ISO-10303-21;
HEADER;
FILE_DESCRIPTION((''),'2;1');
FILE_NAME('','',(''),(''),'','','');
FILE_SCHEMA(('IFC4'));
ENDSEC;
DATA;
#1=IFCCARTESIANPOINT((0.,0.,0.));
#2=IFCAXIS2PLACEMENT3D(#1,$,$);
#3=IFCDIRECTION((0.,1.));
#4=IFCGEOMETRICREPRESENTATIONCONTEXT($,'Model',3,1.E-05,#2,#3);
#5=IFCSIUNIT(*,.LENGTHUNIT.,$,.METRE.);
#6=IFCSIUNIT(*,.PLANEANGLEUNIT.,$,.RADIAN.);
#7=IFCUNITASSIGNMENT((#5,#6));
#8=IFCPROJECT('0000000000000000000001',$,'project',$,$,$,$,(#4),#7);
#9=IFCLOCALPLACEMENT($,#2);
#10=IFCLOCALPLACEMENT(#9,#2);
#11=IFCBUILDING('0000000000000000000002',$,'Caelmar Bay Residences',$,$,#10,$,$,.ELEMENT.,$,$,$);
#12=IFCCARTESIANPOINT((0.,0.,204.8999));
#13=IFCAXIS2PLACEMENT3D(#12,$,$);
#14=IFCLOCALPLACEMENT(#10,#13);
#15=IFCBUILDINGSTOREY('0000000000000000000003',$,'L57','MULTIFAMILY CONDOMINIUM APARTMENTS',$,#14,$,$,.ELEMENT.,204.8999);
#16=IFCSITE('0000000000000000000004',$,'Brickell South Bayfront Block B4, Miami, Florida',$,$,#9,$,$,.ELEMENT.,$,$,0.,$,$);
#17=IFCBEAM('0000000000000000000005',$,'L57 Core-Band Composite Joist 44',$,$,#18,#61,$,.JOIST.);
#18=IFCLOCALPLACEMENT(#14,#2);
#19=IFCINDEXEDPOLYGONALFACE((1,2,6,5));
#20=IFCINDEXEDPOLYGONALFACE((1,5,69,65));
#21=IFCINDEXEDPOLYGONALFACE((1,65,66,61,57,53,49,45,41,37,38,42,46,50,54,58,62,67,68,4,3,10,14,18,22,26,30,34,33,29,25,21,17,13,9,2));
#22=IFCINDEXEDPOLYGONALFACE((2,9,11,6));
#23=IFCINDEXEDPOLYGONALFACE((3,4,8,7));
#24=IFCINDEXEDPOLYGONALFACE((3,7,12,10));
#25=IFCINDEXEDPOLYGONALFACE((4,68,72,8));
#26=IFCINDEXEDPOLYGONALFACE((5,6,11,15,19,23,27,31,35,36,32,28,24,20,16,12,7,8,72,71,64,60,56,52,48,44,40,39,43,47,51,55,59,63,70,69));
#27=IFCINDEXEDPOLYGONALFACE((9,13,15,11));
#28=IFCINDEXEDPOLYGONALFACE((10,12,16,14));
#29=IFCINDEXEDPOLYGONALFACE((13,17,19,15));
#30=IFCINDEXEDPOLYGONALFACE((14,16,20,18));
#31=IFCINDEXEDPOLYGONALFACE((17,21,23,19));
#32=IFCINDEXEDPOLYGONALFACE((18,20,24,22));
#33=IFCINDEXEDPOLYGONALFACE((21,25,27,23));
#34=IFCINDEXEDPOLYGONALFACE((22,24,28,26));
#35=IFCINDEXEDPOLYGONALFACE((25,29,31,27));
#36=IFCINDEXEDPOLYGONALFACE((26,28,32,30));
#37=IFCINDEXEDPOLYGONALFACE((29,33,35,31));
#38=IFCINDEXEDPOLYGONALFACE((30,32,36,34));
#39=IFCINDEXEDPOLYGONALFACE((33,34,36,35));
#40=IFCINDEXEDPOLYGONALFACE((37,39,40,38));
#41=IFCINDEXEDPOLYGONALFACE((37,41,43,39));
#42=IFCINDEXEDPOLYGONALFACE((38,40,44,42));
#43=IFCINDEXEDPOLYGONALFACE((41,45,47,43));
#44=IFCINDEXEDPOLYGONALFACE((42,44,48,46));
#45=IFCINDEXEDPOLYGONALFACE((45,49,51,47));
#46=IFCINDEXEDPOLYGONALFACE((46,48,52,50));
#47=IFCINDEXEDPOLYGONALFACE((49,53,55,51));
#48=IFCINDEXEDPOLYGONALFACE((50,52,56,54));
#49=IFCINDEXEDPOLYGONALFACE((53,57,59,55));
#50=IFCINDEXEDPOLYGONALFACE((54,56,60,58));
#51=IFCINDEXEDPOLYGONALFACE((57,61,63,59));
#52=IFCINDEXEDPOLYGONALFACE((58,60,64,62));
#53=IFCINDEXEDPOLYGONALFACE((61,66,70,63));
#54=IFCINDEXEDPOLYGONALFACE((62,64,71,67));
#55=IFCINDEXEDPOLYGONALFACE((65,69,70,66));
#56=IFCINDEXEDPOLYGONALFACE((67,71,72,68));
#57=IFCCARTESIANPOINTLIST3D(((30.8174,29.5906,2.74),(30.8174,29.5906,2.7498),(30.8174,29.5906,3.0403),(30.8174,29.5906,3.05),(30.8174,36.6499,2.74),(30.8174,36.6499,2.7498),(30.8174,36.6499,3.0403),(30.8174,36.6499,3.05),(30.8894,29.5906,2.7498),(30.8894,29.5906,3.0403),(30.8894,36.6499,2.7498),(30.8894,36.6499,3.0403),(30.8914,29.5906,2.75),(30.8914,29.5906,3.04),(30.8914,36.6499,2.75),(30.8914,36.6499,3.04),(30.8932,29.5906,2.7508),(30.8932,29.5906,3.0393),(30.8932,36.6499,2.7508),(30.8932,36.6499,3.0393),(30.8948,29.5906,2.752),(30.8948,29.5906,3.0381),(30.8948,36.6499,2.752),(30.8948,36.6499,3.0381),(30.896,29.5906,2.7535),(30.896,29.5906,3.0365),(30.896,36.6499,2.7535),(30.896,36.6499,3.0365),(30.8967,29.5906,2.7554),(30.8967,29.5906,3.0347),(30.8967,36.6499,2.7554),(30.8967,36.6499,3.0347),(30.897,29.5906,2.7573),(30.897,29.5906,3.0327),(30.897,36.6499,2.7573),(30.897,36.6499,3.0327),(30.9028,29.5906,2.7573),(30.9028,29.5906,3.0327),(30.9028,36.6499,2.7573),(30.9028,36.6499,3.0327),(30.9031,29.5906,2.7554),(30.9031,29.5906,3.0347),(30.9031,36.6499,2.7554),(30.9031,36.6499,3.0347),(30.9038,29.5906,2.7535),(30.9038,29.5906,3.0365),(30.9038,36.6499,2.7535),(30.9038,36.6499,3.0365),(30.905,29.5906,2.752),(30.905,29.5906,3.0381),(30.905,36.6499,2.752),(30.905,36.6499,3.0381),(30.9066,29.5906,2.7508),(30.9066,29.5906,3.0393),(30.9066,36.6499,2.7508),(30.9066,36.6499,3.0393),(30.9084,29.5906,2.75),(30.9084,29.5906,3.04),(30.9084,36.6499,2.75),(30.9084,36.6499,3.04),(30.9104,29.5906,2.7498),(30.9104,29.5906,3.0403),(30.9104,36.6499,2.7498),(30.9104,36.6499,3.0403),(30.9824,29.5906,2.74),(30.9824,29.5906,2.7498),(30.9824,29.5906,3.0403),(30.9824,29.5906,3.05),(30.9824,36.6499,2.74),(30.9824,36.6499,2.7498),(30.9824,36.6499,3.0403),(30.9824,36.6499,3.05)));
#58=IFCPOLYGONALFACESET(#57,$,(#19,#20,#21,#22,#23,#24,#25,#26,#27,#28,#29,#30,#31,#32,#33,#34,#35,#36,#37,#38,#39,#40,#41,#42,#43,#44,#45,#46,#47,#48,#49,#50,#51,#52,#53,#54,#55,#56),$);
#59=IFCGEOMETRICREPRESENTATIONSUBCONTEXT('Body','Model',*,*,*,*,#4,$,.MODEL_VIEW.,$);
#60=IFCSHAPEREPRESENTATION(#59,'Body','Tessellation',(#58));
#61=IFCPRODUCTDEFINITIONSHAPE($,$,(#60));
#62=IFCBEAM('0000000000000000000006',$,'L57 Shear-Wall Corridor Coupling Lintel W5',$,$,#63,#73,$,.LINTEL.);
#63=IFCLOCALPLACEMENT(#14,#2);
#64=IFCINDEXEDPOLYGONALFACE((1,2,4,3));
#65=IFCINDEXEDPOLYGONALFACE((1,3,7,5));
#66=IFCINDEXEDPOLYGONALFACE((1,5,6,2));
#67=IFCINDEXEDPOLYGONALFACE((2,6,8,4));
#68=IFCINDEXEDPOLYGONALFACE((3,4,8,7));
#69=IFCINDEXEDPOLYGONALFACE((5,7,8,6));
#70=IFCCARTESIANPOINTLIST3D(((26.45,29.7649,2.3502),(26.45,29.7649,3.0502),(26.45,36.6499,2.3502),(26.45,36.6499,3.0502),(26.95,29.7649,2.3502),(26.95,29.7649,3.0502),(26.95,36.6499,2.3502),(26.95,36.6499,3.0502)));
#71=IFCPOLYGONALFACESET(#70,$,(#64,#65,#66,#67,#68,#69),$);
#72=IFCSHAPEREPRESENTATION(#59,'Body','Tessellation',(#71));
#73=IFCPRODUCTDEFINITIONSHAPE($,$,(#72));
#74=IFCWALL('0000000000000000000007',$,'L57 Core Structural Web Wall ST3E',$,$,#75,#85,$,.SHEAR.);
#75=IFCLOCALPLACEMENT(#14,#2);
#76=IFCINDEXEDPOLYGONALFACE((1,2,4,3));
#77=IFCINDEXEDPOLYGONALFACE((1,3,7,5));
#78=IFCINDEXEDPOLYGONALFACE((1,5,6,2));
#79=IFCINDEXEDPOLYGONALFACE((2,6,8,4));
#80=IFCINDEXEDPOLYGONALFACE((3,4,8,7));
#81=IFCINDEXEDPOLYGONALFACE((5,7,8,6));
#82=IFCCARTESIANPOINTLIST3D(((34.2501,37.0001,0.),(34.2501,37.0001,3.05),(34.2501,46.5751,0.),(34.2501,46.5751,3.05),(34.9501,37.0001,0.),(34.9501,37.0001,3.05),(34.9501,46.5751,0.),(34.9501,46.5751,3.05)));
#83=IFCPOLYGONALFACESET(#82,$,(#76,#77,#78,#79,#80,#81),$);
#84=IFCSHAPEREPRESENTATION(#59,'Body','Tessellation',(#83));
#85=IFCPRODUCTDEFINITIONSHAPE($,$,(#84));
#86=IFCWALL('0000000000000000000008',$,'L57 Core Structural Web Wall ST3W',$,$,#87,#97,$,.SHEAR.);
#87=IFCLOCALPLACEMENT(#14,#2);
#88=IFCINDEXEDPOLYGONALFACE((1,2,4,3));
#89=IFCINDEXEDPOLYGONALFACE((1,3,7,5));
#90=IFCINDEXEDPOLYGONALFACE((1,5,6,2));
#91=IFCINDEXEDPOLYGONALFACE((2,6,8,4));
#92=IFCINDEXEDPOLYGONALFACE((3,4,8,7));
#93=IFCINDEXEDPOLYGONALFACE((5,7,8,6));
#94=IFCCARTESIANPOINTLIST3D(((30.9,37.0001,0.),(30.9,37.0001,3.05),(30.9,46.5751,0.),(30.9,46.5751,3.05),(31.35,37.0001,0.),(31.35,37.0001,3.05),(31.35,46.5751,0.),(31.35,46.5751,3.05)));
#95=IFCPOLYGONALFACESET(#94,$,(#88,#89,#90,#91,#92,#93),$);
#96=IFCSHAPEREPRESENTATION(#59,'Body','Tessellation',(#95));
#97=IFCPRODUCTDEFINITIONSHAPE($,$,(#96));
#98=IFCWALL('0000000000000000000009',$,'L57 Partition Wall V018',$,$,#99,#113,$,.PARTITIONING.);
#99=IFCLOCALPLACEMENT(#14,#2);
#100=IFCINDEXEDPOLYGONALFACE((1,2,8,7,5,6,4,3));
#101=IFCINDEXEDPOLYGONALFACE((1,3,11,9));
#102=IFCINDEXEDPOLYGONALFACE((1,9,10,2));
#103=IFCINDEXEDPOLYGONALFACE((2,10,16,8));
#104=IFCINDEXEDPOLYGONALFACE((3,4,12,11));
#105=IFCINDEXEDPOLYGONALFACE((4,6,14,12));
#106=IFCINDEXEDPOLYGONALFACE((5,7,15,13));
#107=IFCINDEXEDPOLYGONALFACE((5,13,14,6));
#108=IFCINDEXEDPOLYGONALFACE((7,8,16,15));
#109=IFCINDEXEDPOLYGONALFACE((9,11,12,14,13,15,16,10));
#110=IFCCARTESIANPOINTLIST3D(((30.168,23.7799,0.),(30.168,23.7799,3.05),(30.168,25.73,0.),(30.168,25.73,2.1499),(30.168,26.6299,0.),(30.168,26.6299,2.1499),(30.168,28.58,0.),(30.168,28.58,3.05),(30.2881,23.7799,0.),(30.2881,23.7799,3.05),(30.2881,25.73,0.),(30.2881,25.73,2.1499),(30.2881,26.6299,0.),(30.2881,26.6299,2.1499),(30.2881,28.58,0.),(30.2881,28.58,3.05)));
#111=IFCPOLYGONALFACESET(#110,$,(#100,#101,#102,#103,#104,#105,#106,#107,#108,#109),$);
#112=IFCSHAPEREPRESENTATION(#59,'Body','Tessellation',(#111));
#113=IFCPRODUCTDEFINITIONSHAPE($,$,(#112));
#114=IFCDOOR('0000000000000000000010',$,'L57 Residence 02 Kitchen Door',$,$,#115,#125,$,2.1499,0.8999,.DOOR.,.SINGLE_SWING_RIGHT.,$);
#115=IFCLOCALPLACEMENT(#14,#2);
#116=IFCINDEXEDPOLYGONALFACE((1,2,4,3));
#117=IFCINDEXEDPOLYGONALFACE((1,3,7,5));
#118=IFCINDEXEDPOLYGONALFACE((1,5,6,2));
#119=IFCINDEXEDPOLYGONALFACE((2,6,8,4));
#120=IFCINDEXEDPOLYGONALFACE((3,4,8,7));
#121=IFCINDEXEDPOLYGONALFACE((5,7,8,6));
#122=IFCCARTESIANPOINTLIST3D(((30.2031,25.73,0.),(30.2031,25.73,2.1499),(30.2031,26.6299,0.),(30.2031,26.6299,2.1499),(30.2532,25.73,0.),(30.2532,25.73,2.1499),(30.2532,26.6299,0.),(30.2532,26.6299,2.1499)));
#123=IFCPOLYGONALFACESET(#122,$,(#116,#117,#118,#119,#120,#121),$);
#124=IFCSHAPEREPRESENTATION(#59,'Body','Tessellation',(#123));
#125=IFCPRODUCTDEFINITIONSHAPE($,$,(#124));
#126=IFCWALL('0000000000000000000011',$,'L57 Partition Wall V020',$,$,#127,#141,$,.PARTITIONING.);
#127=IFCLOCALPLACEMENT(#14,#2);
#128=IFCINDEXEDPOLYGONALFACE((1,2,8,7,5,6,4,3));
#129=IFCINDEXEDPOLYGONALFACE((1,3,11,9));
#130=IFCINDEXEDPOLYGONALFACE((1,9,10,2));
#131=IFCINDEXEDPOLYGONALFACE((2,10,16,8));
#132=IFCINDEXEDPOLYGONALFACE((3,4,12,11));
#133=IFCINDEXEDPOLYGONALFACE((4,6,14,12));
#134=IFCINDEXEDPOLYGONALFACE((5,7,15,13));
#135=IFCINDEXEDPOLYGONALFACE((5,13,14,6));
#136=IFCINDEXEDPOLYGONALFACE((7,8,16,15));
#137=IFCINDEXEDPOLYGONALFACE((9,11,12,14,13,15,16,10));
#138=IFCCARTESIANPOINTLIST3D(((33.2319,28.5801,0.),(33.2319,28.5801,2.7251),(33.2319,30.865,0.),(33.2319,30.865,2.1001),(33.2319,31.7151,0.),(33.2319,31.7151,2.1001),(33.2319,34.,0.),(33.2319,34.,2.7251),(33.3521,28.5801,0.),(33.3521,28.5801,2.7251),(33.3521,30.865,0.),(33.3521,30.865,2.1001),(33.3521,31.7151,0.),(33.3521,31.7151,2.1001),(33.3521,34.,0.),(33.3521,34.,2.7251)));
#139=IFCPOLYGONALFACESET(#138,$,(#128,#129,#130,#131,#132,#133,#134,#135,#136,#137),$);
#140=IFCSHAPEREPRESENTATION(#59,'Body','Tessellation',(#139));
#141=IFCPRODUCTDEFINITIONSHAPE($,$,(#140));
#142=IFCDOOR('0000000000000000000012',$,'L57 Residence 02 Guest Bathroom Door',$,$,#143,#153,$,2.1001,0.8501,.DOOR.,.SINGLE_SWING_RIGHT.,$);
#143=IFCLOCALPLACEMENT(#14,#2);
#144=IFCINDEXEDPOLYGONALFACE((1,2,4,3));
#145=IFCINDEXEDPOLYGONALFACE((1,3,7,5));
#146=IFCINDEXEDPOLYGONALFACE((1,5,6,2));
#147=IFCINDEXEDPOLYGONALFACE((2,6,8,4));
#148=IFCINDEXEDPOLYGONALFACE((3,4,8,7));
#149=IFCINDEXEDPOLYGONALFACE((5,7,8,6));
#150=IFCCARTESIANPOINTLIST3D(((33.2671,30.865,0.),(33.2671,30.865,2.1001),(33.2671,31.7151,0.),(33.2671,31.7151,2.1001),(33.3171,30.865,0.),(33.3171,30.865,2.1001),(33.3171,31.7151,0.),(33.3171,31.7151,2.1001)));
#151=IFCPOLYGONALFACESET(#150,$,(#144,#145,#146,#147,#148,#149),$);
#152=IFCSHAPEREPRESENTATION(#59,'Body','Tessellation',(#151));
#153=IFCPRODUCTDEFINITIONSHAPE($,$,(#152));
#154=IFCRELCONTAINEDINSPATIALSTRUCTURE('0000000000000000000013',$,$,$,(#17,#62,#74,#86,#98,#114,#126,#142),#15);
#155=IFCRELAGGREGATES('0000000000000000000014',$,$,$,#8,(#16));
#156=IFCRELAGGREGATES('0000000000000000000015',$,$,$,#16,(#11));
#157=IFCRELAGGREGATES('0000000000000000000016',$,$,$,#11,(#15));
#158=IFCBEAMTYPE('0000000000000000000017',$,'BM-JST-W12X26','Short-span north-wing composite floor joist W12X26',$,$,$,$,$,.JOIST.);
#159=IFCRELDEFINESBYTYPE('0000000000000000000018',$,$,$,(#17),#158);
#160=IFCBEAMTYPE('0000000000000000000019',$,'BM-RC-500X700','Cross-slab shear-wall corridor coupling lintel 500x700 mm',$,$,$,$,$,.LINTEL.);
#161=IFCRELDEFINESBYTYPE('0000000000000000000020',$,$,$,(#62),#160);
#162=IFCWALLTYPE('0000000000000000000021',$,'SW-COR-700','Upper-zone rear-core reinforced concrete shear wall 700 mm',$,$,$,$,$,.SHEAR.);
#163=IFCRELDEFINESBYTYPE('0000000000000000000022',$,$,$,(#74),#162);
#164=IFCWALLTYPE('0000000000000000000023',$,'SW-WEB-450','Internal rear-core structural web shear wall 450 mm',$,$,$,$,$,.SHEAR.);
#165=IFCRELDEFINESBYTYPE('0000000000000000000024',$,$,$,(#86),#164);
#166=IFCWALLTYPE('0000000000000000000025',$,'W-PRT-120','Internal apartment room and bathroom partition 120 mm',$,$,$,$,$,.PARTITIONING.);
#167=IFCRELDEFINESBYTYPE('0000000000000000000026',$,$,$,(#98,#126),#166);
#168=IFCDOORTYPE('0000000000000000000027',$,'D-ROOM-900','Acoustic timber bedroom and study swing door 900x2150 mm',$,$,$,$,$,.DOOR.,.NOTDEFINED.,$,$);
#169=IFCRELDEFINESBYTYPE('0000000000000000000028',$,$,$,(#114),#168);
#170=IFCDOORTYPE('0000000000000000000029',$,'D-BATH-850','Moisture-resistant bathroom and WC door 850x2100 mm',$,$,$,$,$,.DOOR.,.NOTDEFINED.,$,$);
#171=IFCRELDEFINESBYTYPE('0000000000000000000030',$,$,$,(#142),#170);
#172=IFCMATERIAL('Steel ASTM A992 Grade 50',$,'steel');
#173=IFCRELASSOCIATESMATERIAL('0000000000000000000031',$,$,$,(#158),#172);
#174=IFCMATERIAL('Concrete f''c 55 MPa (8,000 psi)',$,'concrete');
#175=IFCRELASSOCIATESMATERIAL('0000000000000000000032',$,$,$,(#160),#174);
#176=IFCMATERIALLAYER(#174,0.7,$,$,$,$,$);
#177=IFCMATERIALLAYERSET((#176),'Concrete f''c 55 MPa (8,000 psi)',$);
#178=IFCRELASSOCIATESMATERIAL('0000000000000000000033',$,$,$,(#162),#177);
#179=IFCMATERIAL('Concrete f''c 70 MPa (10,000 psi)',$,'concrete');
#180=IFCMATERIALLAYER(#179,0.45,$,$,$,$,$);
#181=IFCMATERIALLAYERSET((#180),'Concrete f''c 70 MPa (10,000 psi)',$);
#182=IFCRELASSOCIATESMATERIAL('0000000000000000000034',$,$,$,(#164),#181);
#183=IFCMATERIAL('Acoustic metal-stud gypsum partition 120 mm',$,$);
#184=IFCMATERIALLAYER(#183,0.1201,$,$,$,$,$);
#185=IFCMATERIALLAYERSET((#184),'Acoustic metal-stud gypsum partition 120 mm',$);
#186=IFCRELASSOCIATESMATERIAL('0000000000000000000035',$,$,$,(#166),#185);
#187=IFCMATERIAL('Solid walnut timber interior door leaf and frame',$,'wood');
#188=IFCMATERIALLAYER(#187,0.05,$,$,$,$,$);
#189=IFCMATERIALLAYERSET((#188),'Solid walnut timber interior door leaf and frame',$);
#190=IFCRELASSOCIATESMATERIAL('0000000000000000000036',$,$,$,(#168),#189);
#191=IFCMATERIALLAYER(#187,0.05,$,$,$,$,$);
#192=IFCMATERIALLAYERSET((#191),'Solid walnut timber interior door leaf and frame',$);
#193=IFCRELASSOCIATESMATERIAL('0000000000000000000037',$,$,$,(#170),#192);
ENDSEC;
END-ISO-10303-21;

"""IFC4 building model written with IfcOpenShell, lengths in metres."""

from ifc_helpers import new_model, si_unit, direction, frame, frame_2d, origin, origin_2d, place, context, subcontext, project, spatial, rectangle, i_section, extrude, material, layer, layer_set, material_profile, profile_set, type_object, element, fill, save


model = new_model("IFC4")

# Units and contexts
model_context = context("Model", 3, precision=1e-05, world=origin(), true_north=direction((0.0, 1.0)))
body_context = subcontext(model_context, "Body", "Model", "MODEL_VIEW")
ifc_project = project(units=[si_unit("LENGTHUNIT", "METRE"), si_unit("PLANEANGLEUNIT", "RADIAN")], contexts=[model_context])

# Site, building, storey
site_placement = place(None, origin())
site = spatial("IfcSite", under=ifc_project, at=site_placement, Name="Brickell South Bayfront Block B4, Miami, Florida", CompositionType="ELEMENT", RefElevation=0.0)
building_placement = place(site_placement, origin())
building = spatial("IfcBuilding", under=site, at=building_placement, Name="Caelmar Bay Residences", CompositionType="ELEMENT")
storey_placement = place(building_placement, frame((0.0, 0.0, 204.8999)))
storey = spatial("IfcBuildingStorey", under=building, at=storey_placement, Name="L57", Description="MULTIFAMILY CONDOMINIUM APARTMENTS", CompositionType="ELEMENT", Elevation=204.8999)

# Shared definitions
ifc_material_1 = material(Name="Concrete f'c 55 MPa (8,000 psi)", Category="concrete")

# Beams
ifc_material_2 = material(Name="Steel ASTM A992 Grade 50", Category="steel")
ifc_material_profile_1 = material_profile(ifc_material_2, i_section(OverallWidth=0.165, OverallDepth=0.3101, WebThickness=0.0059, FlangeThickness=0.0098, FilletRadius=0.0076, at=origin_2d()), Name="W12X26")
ifc_profile_set_1 = profile_set([ifc_material_profile_1], Name="Steel ASTM A992 Grade 50")
beam_type_1 = type_object("IfcBeamType", Name="BM-JST-W12X26", Description="Short-span north-wing composite floor joist W12X26", PredefinedType="JOIST", material=ifc_profile_set_1)
beam_1_placement = place(storey_placement, frame((30.8999, 29.5906, 2.895), z_axis=(0.0, 1.0, 0.0), x_axis=(-1.0, 0.0, 0.0)))
element("IfcBeam", 1, at=beam_1_placement, inside=storey, type_object=beam_type_1, Name="L57 Core-Band Composite Joist 44", PredefinedType="JOIST", context=body_context, shape_type="SweptSolid", body=[
    extrude(i_section(OverallWidth=0.165, OverallDepth=0.3101, WebThickness=0.0059, FlangeThickness=0.0098, FilletRadius=0.0076, at=origin_2d()), origin(), (0.0, 0.0, 1.0), 7.0593),
])
ifc_material_profile_2 = material_profile(ifc_material_1, rectangle(XDim=0.5, YDim=0.7, at=origin_2d()), Name="RC-BM-500X700")
ifc_profile_set_2 = profile_set([ifc_material_profile_2], Name="Concrete f'c 55 MPa (8,000 psi)")
beam_type_2 = type_object("IfcBeamType", Name="BM-RC-500X700", Description="Cross-slab shear-wall corridor coupling lintel 500x700 mm", PredefinedType="LINTEL", material=ifc_profile_set_2)
beam_2_placement = place(storey_placement, frame((26.7, 29.7649, 2.7002), z_axis=(0.0, 1.0, 0.0), x_axis=(-1.0, 0.0, 0.0)))
element("IfcBeam", 2, at=beam_2_placement, inside=storey, type_object=beam_type_2, Name="L57 Shear-Wall Corridor Coupling Lintel W5", PredefinedType="LINTEL", context=body_context, shape_type="SweptSolid", body=[
    extrude(rectangle(XDim=0.5, YDim=0.7, at=origin_2d()), origin(), (0.0, 0.0, 1.0), 6.885),
])

# Walls
ifc_layer_1 = layer(ifc_material_1, 0.7)
ifc_layer_set_1 = layer_set([ifc_layer_1], Name="Concrete f'c 55 MPa (8,000 psi)")
wall_type_1 = type_object("IfcWallType", Name="SW-COR-700", Description="Upper-zone rear-core reinforced concrete shear wall 700 mm", PredefinedType="SHEAR", material=ifc_layer_set_1)
wall_1_placement = place(storey_placement, frame((34.6001, 37.0, 0.0), z_axis=(0.0, 0.0, 1.0), x_axis=(0.0, 1.0, 0.0)))
element("IfcWall", 3, at=wall_1_placement, inside=storey, type_object=wall_type_1, Name="L57 Core Structural Web Wall ST3E", PredefinedType="SHEAR", context=body_context, shape_type="SweptSolid", body=[
    extrude(rectangle(XDim=9.575, YDim=0.7, at=frame_2d((4.7876, 0.0))), origin(), (0.0, 0.0, 1.0), 3.05),
])
ifc_material_3 = material(Name="Concrete f'c 70 MPa (10,000 psi)", Category="concrete")
ifc_layer_2 = layer(ifc_material_3, 0.45)
ifc_layer_set_2 = layer_set([ifc_layer_2], Name="Concrete f'c 70 MPa (10,000 psi)")
wall_type_2 = type_object("IfcWallType", Name="SW-WEB-450", Description="Internal rear-core structural web shear wall 450 mm", PredefinedType="SHEAR", material=ifc_layer_set_2)
wall_2_placement = place(storey_placement, frame((31.125, 37.0, 0.0), z_axis=(0.0, 0.0, 1.0), x_axis=(0.0, 1.0, 0.0)))
element("IfcWall", 4, at=wall_2_placement, inside=storey, type_object=wall_type_2, Name="L57 Core Structural Web Wall ST3W", PredefinedType="SHEAR", context=body_context, shape_type="SweptSolid", body=[
    extrude(rectangle(XDim=9.575, YDim=0.45, at=frame_2d((4.7876, 0.0))), origin(), (0.0, 0.0, 1.0), 3.05),
])

# Walls, openings, doors
ifc_material_4 = material(Name="Acoustic metal-stud gypsum partition 120 mm")
ifc_layer_3 = layer(ifc_material_4, 0.1201)
ifc_layer_set_3 = layer_set([ifc_layer_3], Name="Acoustic metal-stud gypsum partition 120 mm")
wall_type_3 = type_object("IfcWallType", Name="W-PRT-120", Description="Internal apartment room and bathroom partition 120 mm", PredefinedType="PARTITIONING", material=ifc_layer_set_3)
wall_3_placement = place(storey_placement, frame((30.228, 23.78, 0.0), z_axis=(0.0, 0.0, 1.0), x_axis=(0.0, 1.0, 0.0)))
wall_3 = element("IfcWall", 5, at=wall_3_placement, inside=storey, type_object=wall_type_3, Name="L57 Partition Wall V018", PredefinedType="PARTITIONING", context=body_context, shape_type="SweptSolid", body=[
    extrude(rectangle(XDim=4.8, YDim=0.1201, at=frame_2d((2.3999, 0.0))), origin(), (0.0, 0.0, 1.0), 3.05),
])
opening_1_placement = place(wall_3_placement, frame((1.95, 0.0, 0.0)))
opening_1 = element("IfcOpeningElement", 6, at=opening_1_placement, cuts=wall_3, PredefinedType="OPENING", context=body_context, shape_type="SweptSolid", body=[
    extrude(rectangle(XDim=0.8999, YDim=2.1499, at=frame_2d((0.45, 1.075))), frame((0.0, 0.0701, 0.0), z_axis=(0.0, -1.0, 0.0), x_axis=(1.0, 0.0, 0.0)), (0.0, 0.0, 1.0), 0.1401),
])
ifc_material_5 = material(Name="Solid walnut timber interior door leaf and frame", Category="wood")
ifc_layer_4 = layer(ifc_material_5, 0.05)
ifc_layer_set_4 = layer_set([ifc_layer_4], Name="Solid walnut timber interior door leaf and frame")
door_type_1 = type_object("IfcDoorType", Name="D-ROOM-900", Description="Acoustic timber bedroom and study swing door 900x2150 mm", OperationType="NOTDEFINED", PredefinedType="DOOR", material=ifc_layer_set_4)
door_1_placement = place(opening_1_placement, origin())
door_1 = element("IfcDoor", 7, at=door_1_placement, inside=storey, type_object=door_type_1, Name="L57 Residence 02 Kitchen Door", OperationType="SINGLE_SWING_RIGHT", OverallHeight=2.1499, OverallWidth=0.8999, PredefinedType="DOOR", context=body_context, shape_type="SweptSolid", body=[
    extrude(rectangle(XDim=0.8999, YDim=2.1499, at=frame_2d((0.45, 1.075))), frame((0.0, 0.0249, 0.0), z_axis=(0.0, -1.0, 0.0), x_axis=(1.0, 0.0, 0.0)), (0.0, 0.0, 1.0), 0.05),
])
fill(opening_1, door_1)
wall_4_placement = place(storey_placement, frame((33.292, 28.5801, 0.0), z_axis=(0.0, 0.0, 1.0), x_axis=(0.0, 1.0, 0.0)))
wall_4 = element("IfcWall", 8, at=wall_4_placement, inside=storey, type_object=wall_type_3, Name="L57 Partition Wall V020", PredefinedType="PARTITIONING", context=body_context, shape_type="SweptSolid", body=[
    extrude(rectangle(XDim=5.4199, YDim=0.1201, at=frame_2d((2.71, 0.0))), origin(), (0.0, 0.0, 1.0), 2.7251),
])
opening_2_placement = place(wall_4_placement, frame((2.2849, 0.0, 0.0)))
opening_2 = element("IfcOpeningElement", 9, at=opening_2_placement, cuts=wall_4, PredefinedType="OPENING", context=body_context, shape_type="SweptSolid", body=[
    extrude(rectangle(XDim=0.8501, YDim=2.1001, at=frame_2d((0.425, 1.05))), frame((0.0, 0.0701, 0.0), z_axis=(0.0, -1.0, 0.0), x_axis=(1.0, 0.0, 0.0)), (0.0, 0.0, 1.0), 0.1401),
])
ifc_layer_5 = layer(ifc_material_5, 0.05)
ifc_layer_set_5 = layer_set([ifc_layer_5], Name="Solid walnut timber interior door leaf and frame")
door_type_2 = type_object("IfcDoorType", Name="D-BATH-850", Description="Moisture-resistant bathroom and WC door 850x2100 mm", OperationType="NOTDEFINED", PredefinedType="DOOR", material=ifc_layer_set_5)
door_2_placement = place(opening_2_placement, origin())
door_2 = element("IfcDoor", 10, at=door_2_placement, inside=storey, type_object=door_type_2, Name="L57 Residence 02 Guest Bathroom Door", OperationType="SINGLE_SWING_RIGHT", OverallHeight=2.1001, OverallWidth=0.8501, PredefinedType="DOOR", context=body_context, shape_type="SweptSolid", body=[
    extrude(rectangle(XDim=0.8501, YDim=2.1001, at=frame_2d((0.425, 1.05))), frame((0.0, 0.0249, 0.0), z_axis=(0.0, -1.0, 0.0), x_axis=(1.0, 0.0, 0.0)), (0.0, 0.0, 1.0), 0.05),
])
fill(opening_2, door_2)

save(model, "model.ifc")
